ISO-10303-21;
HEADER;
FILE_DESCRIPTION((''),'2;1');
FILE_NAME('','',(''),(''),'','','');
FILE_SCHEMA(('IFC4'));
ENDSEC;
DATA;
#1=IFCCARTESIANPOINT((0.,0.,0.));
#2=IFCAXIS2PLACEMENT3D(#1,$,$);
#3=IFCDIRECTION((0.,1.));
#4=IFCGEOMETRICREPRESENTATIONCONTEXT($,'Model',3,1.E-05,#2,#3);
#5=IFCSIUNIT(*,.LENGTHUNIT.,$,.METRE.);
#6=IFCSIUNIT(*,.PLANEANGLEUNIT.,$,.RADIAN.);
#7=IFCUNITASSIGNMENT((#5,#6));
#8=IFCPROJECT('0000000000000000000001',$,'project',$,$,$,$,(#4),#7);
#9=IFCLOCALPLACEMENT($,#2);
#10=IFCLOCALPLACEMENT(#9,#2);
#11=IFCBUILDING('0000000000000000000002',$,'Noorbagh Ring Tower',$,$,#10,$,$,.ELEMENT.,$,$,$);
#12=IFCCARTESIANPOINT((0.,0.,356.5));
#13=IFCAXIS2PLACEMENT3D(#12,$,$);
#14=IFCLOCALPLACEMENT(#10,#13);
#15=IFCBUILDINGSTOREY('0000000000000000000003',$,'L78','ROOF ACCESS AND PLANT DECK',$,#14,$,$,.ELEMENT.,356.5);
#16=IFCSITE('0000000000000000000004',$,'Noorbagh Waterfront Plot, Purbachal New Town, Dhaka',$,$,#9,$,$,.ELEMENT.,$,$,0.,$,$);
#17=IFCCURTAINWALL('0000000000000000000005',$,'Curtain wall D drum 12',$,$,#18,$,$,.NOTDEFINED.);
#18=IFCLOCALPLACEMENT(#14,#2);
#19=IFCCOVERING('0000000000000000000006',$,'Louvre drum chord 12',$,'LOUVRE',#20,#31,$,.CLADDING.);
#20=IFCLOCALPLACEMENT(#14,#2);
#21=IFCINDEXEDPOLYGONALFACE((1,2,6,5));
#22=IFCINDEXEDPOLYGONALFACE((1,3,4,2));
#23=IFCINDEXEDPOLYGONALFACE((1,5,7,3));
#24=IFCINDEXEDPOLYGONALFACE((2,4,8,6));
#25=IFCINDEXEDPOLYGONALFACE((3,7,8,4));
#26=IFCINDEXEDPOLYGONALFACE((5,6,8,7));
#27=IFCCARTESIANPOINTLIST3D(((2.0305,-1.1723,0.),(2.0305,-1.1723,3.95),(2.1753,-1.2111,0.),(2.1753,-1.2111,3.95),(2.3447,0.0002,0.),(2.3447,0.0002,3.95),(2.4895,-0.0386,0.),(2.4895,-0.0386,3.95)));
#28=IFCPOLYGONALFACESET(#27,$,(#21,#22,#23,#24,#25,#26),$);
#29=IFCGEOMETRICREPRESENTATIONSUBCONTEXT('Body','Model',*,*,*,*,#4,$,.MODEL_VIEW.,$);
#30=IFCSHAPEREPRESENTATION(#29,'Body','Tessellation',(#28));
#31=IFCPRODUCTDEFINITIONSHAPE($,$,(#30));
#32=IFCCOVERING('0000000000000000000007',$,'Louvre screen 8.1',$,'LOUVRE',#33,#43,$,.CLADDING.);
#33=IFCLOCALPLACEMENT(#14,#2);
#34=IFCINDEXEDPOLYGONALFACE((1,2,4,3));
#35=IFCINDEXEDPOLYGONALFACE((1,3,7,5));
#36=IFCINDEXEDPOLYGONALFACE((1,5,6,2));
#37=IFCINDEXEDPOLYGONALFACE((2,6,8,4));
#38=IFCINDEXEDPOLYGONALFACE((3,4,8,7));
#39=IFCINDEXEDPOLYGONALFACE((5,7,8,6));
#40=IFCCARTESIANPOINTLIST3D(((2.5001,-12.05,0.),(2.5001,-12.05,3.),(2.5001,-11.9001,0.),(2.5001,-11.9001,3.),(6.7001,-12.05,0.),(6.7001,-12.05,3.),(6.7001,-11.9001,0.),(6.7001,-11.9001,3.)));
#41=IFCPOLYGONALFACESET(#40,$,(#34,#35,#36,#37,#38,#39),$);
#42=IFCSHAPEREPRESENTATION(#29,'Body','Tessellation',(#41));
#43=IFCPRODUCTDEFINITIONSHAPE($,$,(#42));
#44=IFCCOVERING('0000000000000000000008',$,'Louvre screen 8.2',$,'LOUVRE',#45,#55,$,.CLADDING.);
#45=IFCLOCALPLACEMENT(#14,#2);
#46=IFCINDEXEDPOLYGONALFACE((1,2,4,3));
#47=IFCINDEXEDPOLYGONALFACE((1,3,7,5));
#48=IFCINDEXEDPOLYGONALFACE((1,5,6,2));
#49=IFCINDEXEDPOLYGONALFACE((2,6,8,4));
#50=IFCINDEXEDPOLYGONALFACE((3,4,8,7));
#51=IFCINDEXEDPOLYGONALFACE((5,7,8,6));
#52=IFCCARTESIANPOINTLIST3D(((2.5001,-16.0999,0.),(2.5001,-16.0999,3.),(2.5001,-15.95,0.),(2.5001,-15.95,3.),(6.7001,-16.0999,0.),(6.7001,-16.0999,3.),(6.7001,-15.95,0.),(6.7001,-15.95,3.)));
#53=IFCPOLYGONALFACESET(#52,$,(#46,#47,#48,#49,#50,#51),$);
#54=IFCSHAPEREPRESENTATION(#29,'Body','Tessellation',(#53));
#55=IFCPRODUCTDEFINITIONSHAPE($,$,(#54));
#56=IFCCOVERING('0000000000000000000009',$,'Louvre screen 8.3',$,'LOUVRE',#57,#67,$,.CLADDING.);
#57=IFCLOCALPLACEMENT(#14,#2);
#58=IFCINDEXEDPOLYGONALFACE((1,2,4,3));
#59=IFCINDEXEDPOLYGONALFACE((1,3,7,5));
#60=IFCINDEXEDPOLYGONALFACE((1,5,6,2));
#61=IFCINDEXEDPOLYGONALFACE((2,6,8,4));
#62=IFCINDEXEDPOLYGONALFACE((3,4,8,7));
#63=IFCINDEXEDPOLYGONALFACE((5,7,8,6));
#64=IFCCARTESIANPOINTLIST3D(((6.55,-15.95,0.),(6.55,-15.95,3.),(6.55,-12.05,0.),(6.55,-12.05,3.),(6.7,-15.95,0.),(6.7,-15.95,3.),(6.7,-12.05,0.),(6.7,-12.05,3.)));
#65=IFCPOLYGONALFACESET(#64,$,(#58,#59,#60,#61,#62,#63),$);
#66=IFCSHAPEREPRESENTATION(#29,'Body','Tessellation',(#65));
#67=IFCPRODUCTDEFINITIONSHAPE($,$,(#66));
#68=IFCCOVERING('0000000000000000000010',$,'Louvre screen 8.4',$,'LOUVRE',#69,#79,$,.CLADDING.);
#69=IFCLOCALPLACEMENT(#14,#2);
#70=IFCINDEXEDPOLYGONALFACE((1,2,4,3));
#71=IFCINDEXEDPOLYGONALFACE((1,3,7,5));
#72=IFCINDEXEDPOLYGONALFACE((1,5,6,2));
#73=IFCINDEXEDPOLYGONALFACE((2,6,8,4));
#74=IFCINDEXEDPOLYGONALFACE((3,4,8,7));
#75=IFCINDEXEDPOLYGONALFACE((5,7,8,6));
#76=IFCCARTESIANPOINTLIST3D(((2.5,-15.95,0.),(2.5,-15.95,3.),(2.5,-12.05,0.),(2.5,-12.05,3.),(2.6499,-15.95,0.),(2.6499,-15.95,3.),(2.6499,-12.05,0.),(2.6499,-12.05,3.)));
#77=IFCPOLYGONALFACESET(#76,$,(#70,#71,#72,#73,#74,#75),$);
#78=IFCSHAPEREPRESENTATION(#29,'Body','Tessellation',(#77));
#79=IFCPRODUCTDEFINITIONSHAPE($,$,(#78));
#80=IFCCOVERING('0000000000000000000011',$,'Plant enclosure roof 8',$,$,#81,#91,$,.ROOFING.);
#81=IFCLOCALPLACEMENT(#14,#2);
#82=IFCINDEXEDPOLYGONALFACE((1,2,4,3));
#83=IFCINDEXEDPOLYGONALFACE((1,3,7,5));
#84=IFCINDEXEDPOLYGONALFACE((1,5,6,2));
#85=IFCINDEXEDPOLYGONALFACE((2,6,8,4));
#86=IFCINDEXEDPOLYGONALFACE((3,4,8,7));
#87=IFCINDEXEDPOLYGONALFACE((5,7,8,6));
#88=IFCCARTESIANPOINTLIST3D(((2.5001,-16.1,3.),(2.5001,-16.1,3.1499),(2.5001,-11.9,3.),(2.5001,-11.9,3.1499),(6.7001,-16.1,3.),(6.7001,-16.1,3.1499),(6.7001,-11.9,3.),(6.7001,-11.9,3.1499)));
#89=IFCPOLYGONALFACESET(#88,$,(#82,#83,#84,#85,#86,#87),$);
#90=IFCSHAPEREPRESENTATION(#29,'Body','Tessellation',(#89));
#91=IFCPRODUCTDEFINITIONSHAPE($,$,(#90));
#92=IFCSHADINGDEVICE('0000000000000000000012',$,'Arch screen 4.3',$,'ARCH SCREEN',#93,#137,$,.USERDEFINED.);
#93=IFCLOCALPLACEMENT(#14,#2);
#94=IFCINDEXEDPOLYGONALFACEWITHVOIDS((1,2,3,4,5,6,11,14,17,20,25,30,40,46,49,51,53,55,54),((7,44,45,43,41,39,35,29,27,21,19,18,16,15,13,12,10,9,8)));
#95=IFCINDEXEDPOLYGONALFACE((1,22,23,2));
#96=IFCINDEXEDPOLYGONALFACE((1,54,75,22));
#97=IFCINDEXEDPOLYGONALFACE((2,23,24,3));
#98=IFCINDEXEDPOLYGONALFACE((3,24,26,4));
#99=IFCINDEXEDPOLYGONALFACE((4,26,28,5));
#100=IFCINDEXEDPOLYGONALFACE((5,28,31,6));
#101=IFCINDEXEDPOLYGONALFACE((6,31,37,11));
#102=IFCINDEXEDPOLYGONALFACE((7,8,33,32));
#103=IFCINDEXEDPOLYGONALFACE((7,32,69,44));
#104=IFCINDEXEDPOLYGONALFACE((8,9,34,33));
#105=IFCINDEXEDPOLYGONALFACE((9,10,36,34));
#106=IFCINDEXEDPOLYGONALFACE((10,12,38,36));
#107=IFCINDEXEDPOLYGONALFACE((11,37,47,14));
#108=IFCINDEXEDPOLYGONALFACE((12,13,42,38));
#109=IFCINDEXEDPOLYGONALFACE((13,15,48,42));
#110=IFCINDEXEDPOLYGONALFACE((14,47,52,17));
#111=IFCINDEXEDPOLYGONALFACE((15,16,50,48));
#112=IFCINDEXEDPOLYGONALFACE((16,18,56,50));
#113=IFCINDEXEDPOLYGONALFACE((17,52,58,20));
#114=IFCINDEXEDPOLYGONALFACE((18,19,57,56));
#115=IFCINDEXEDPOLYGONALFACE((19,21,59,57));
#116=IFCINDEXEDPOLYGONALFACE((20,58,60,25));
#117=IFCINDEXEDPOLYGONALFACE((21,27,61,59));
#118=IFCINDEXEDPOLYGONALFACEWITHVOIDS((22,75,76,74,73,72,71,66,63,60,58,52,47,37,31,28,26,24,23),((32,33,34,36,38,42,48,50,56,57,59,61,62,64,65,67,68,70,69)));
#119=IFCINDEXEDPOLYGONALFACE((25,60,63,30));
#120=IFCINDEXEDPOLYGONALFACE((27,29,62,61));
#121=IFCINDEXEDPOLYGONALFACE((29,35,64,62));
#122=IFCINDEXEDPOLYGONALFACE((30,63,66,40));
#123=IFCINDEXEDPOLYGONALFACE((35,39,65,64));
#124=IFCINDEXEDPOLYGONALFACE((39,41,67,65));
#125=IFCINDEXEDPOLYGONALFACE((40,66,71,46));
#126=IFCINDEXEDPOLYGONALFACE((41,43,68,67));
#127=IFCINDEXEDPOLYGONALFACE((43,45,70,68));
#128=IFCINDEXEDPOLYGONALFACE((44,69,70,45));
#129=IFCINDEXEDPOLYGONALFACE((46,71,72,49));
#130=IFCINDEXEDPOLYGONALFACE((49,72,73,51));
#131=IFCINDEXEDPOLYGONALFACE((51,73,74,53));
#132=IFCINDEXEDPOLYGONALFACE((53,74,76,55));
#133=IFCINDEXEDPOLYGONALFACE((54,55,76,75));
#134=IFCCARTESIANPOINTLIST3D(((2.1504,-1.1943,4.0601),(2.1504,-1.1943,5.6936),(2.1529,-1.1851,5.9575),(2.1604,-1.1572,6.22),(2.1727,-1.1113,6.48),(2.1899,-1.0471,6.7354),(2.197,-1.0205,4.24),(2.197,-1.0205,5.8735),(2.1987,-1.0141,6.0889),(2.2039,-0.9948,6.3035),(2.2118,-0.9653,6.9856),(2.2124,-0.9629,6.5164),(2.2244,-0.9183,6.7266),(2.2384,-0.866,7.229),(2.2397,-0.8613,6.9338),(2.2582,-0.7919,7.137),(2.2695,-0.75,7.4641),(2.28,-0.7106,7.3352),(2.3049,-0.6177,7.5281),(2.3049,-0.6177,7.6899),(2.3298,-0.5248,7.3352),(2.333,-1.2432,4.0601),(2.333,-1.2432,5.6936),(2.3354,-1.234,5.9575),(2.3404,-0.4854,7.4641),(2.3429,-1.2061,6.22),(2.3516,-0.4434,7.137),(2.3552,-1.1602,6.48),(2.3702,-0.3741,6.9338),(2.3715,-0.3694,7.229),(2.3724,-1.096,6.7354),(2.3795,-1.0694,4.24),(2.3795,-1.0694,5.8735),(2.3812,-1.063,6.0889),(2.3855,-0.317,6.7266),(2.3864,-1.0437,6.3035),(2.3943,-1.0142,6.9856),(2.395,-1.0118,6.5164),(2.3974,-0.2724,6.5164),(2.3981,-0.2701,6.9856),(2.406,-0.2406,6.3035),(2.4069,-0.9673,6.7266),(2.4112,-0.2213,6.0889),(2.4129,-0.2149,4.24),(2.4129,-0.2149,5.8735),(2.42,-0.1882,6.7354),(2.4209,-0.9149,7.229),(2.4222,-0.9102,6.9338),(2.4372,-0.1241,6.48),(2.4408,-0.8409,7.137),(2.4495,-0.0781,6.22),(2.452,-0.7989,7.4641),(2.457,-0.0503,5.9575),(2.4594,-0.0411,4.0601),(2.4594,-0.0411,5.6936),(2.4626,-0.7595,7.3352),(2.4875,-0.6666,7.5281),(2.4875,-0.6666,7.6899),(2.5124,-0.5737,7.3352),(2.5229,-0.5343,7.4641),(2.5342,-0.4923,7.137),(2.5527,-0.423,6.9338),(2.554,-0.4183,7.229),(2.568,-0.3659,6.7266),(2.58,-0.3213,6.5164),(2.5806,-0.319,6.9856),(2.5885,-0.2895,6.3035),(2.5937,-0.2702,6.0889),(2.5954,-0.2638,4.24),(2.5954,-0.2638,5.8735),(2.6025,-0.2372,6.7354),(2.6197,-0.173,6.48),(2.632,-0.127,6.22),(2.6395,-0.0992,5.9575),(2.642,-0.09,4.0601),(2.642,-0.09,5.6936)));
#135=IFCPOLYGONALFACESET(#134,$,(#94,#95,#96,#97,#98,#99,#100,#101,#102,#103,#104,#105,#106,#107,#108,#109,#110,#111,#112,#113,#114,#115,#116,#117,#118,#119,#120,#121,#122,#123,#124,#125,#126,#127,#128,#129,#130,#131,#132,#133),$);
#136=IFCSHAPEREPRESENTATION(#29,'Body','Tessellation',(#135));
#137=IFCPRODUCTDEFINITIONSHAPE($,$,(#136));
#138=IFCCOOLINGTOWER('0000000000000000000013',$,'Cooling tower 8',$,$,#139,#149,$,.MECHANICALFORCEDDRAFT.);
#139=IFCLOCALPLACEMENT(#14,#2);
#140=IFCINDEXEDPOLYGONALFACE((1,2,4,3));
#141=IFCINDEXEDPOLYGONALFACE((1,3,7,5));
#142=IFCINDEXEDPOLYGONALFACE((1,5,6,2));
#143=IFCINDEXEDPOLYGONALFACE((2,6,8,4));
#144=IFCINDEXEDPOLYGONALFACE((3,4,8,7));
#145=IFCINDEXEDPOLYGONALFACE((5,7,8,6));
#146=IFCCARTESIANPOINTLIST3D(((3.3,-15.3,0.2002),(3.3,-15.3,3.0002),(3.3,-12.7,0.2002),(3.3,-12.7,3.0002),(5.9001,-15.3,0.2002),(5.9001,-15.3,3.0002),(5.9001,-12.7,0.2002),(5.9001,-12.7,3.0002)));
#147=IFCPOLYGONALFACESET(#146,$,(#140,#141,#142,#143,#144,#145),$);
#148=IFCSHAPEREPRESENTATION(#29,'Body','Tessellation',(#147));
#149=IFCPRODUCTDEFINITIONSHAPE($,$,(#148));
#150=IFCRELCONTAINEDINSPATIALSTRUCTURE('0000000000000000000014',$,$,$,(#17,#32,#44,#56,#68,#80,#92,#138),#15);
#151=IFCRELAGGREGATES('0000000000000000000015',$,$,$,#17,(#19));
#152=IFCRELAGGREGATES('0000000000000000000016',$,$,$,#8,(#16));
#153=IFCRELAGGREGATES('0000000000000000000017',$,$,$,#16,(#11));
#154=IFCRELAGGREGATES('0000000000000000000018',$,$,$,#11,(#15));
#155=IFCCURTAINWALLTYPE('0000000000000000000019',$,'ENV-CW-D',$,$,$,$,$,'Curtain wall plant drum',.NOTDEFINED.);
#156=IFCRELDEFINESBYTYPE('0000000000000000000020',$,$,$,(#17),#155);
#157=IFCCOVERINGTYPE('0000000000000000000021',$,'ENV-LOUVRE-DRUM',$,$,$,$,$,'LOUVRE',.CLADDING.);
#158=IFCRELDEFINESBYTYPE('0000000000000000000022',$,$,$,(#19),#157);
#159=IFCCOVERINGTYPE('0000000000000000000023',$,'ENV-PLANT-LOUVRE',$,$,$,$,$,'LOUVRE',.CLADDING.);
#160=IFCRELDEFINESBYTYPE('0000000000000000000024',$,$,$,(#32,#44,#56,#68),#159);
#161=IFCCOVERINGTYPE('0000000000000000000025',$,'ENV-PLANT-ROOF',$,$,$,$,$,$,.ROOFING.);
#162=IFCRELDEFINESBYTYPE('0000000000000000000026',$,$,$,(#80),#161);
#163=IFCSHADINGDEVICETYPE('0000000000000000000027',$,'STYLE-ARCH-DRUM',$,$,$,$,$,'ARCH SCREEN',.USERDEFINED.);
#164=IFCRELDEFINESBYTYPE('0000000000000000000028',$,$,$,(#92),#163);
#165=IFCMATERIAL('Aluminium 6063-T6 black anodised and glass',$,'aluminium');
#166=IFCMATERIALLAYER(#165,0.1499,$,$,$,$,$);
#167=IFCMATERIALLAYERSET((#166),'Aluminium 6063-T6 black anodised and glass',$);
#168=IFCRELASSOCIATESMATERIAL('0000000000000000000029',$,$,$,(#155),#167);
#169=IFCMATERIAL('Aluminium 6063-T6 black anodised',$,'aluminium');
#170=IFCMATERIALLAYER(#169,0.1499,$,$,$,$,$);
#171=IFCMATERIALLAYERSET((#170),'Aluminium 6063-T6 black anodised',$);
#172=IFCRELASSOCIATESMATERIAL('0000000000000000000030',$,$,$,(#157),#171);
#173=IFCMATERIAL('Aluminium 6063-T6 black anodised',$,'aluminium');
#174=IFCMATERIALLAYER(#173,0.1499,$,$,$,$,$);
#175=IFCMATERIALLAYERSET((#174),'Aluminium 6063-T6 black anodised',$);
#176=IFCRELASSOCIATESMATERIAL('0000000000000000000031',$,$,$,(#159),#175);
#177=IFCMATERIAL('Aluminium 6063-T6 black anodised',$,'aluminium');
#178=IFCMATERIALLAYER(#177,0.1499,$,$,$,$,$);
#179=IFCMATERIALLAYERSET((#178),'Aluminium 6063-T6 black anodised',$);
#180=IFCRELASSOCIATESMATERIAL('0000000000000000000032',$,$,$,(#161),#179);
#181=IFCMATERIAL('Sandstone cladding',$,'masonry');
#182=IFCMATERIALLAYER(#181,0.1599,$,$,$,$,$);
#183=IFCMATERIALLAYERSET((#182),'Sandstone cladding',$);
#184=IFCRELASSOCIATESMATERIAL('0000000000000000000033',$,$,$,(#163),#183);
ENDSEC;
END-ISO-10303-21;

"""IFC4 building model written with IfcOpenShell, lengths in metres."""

from ifc_helpers import new_model, si_unit, direction, frame, origin, origin_2d, place, context, subcontext, project, spatial, polyline, rectangle, outline, extrude, material, layer, layer_set, type_object, element, aggregate, save


model = new_model("IFC4")

# Units and contexts
model_context = context("Model", 3, precision=1e-05, world=origin(), true_north=direction((0.0, 1.0)))
body_context = subcontext(model_context, "Body", "Model", "MODEL_VIEW")
ifc_project = project(units=[si_unit("LENGTHUNIT", "METRE"), si_unit("PLANEANGLEUNIT", "RADIAN")], contexts=[model_context])

# Site, building, storey
site_placement = place(None, origin())
site = spatial("IfcSite", under=ifc_project, at=site_placement, Name="Noorbagh Waterfront Plot, Purbachal New Town, Dhaka", CompositionType="ELEMENT", RefElevation=0.0)
building_placement = place(site_placement, origin())
building = spatial("IfcBuilding", under=site, at=building_placement, Name="Noorbagh Ring Tower", CompositionType="ELEMENT")
storey_placement = place(building_placement, frame((0.0, 0.0, 356.5)))
storey = spatial("IfcBuildingStorey", under=building, at=storey_placement, Name="L78", Description="ROOF ACCESS AND PLANT DECK", CompositionType="ELEMENT", Elevation=356.5)

# Curtain wall
ifc_material_1 = material(Name="Aluminium 6063-T6 black anodised and glass", Category="aluminium")
ifc_layer_1 = layer(ifc_material_1, 0.1499)
ifc_layer_set_1 = layer_set([ifc_layer_1], Name="Aluminium 6063-T6 black anodised and glass")
curtain_wall_type = type_object("IfcCurtainWallType", Name="ENV-CW-D", ElementType="Curtain wall plant drum", PredefinedType="NOTDEFINED", material=ifc_layer_set_1)
curtain_wall_placement = place(storey_placement, origin())
curtain_wall = element("IfcCurtainWall", 1, at=curtain_wall_placement, inside=storey, type_object=curtain_wall_type, Name="Curtain wall D drum 12", PredefinedType="NOTDEFINED")

# Covering
ifc_material_2 = material(Name="Aluminium 6063-T6 black anodised", Category="aluminium")
ifc_layer_2 = layer(ifc_material_2, 0.1499)
ifc_layer_set_2 = layer_set([ifc_layer_2], Name="Aluminium 6063-T6 black anodised")
covering_type_1 = type_object("IfcCoveringType", Name="ENV-LOUVRE-DRUM", ElementType="LOUVRE", PredefinedType="CLADDING", material=ifc_layer_set_2)
covering_1_placement = place(storey_placement, frame((2.26, -0.6055, 0.0), z_axis=(0.0, 0.0, 1.0), x_axis=(0.258819, 0.965926, 0.0)))
covering_1 = element("IfcCovering", 2, at=covering_1_placement, type_object=covering_type_1, Name="Louvre drum chord 12", ObjectType="LOUVRE", PredefinedType="CLADDING", context=body_context, shape_type="SweptSolid", body=[
    extrude(rectangle(XDim=1.2139, YDim=0.1499, at=origin_2d()), origin(), (0.0, 0.0, 1.0), 3.95),
])
aggregate(curtain_wall, [covering_1])

# Coverings
ifc_material_3 = material(Name="Aluminium 6063-T6 black anodised", Category="aluminium")
ifc_layer_3 = layer(ifc_material_3, 0.1499)
ifc_layer_set_3 = layer_set([ifc_layer_3], Name="Aluminium 6063-T6 black anodised")
covering_type_2 = type_object("IfcCoveringType", Name="ENV-PLANT-LOUVRE", ElementType="LOUVRE", PredefinedType="CLADDING", material=ifc_layer_set_3)
for number, where, z_axis, x_axis, name in (
    (3, (4.6001, -11.9751, 0.0), (0.0, 0.0, 1.0), (1.0, 0.0, 0.0), "Louvre screen 8.1"),
    (4, (4.6001, -16.0249, 0.0), (0.0, 0.0, 1.0), (1.0, 0.0, 0.0), "Louvre screen 8.2"),
):
    element("IfcCovering", number, at=place(storey_placement, frame(where, z_axis=z_axis, x_axis=x_axis)), inside=storey, type_object=covering_type_2, Name=name, ObjectType="LOUVRE", PredefinedType="CLADDING", context=body_context, shape_type="SweptSolid", body=[
        extrude(rectangle(XDim=4.2, YDim=0.1499, at=origin_2d()), origin(), (0.0, 0.0, 1.0), 3.0),
    ])
for number, where, z_axis, x_axis, name in (
    (5, (6.625, -14.0, 0.0), (0.0, 0.0, 1.0), (1.0, 0.0, 0.0), "Louvre screen 8.3"),
    (6, (2.575, -14.0, 0.0), (0.0, 0.0, 1.0), (1.0, 0.0, 0.0), "Louvre screen 8.4"),
):
    element("IfcCovering", number, at=place(storey_placement, frame(where, z_axis=z_axis, x_axis=x_axis)), inside=storey, type_object=covering_type_2, Name=name, ObjectType="LOUVRE", PredefinedType="CLADDING", context=body_context, shape_type="SweptSolid", body=[
        extrude(rectangle(XDim=0.1499, YDim=3.8999, at=origin_2d()), origin(), (0.0, 0.0, 1.0), 3.0),
    ])
ifc_material_4 = material(Name="Aluminium 6063-T6 black anodised", Category="aluminium")
ifc_layer_4 = layer(ifc_material_4, 0.1499)
ifc_layer_set_4 = layer_set([ifc_layer_4], Name="Aluminium 6063-T6 black anodised")
covering_type_3 = type_object("IfcCoveringType", Name="ENV-PLANT-ROOF", PredefinedType="ROOFING", material=ifc_layer_set_4)
covering_2_placement = place(storey_placement, frame((4.6001, -14.0, 3.0), z_axis=(0.0, 0.0, 1.0), x_axis=(1.0, 0.0, 0.0)))
element("IfcCovering", 7, at=covering_2_placement, inside=storey, type_object=covering_type_3, Name="Plant enclosure roof 8", PredefinedType="ROOFING", context=body_context, shape_type="SweptSolid", body=[
    extrude(rectangle(XDim=4.2, YDim=4.2, at=origin_2d()), origin(), (0.0, 0.0, 1.0), 0.1499),
])

# Shading device
ifc_material_5 = material(Name="Sandstone cladding", Category="masonry")
ifc_layer_5 = layer(ifc_material_5, 0.1599)
ifc_layer_set_5 = layer_set([ifc_layer_5], Name="Sandstone cladding")
shading_device_type = type_object("IfcShadingDeviceType", Name="STYLE-ARCH-DRUM", ElementType="ARCH SCREEN", PredefinedType="USERDEFINED", material=ifc_layer_set_5)
shading_device_placement = place(storey_placement, frame((2.3049, -0.6177, 4.0601), z_axis=(0.965926, -0.258819, 0.0), x_axis=(0.258819, 0.965926, 0.0)))
element("IfcShadingDevice", 8, at=shading_device_placement, inside=storey, type_object=shading_device_type, Name="Arch screen 4.3", ObjectType="ARCH SCREEN", PredefinedType="USERDEFINED", context=body_context, shape_type="SweptSolid", body=[
    extrude(outline(polyline([(-0.5969, 0.0), (0.5969, 0.0), (0.5969, 1.6335), (0.5874, 1.8975), (0.5586, 2.1599), (0.511, 2.4199), (0.4446, 2.6753), (0.3599, 2.9255), (0.2571, 3.1689), (0.137, 3.4041), (0.0, 3.6299), (-0.137, 3.4041), (-0.2571, 3.1689), (-0.3599, 2.9255), (-0.4446, 2.6753), (-0.511, 2.4199), (-0.5586, 2.1599), (-0.5874, 1.8975), (-0.5969, 1.6335), (-0.5969, 0.0)]), holes=[polyline([(-0.417, 0.1799), (0.417, 0.1799), (0.417, 1.8135), (0.4104, 2.0288), (0.3904, 2.2434), (0.3574, 2.4563), (0.3113, 2.6665), (0.2522, 2.8738), (0.1804, 3.0769), (0.0962, 3.2751), (0.0, 3.468), (-0.0962, 3.2751), (-0.1804, 3.0769), (-0.2522, 2.8738), (-0.3113, 2.6665), (-0.3574, 2.4563), (-0.3904, 2.2434), (-0.4104, 2.0288), (-0.417, 1.8135), (-0.417, 0.1799)])]), origin(), (0.0, 0.0, 1.0), 0.189),
])

# Cooling tower
cooling_tower_placement = place(storey_placement, frame((4.6001, -14.0, 0.2002), z_axis=(0.0, 0.0, 1.0), x_axis=(1.0, 0.0, 0.0)))
element("IfcCoolingTower", 9, at=cooling_tower_placement, inside=storey, Name="Cooling tower 8", PredefinedType="MECHANICALFORCEDDRAFT", context=body_context, shape_type="SweptSolid", body=[
    extrude(rectangle(XDim=2.6001, YDim=2.6001, at=origin_2d()), origin(), (0.0, 0.0, 1.0), 2.8),
])

save(model, "model.ifc")
